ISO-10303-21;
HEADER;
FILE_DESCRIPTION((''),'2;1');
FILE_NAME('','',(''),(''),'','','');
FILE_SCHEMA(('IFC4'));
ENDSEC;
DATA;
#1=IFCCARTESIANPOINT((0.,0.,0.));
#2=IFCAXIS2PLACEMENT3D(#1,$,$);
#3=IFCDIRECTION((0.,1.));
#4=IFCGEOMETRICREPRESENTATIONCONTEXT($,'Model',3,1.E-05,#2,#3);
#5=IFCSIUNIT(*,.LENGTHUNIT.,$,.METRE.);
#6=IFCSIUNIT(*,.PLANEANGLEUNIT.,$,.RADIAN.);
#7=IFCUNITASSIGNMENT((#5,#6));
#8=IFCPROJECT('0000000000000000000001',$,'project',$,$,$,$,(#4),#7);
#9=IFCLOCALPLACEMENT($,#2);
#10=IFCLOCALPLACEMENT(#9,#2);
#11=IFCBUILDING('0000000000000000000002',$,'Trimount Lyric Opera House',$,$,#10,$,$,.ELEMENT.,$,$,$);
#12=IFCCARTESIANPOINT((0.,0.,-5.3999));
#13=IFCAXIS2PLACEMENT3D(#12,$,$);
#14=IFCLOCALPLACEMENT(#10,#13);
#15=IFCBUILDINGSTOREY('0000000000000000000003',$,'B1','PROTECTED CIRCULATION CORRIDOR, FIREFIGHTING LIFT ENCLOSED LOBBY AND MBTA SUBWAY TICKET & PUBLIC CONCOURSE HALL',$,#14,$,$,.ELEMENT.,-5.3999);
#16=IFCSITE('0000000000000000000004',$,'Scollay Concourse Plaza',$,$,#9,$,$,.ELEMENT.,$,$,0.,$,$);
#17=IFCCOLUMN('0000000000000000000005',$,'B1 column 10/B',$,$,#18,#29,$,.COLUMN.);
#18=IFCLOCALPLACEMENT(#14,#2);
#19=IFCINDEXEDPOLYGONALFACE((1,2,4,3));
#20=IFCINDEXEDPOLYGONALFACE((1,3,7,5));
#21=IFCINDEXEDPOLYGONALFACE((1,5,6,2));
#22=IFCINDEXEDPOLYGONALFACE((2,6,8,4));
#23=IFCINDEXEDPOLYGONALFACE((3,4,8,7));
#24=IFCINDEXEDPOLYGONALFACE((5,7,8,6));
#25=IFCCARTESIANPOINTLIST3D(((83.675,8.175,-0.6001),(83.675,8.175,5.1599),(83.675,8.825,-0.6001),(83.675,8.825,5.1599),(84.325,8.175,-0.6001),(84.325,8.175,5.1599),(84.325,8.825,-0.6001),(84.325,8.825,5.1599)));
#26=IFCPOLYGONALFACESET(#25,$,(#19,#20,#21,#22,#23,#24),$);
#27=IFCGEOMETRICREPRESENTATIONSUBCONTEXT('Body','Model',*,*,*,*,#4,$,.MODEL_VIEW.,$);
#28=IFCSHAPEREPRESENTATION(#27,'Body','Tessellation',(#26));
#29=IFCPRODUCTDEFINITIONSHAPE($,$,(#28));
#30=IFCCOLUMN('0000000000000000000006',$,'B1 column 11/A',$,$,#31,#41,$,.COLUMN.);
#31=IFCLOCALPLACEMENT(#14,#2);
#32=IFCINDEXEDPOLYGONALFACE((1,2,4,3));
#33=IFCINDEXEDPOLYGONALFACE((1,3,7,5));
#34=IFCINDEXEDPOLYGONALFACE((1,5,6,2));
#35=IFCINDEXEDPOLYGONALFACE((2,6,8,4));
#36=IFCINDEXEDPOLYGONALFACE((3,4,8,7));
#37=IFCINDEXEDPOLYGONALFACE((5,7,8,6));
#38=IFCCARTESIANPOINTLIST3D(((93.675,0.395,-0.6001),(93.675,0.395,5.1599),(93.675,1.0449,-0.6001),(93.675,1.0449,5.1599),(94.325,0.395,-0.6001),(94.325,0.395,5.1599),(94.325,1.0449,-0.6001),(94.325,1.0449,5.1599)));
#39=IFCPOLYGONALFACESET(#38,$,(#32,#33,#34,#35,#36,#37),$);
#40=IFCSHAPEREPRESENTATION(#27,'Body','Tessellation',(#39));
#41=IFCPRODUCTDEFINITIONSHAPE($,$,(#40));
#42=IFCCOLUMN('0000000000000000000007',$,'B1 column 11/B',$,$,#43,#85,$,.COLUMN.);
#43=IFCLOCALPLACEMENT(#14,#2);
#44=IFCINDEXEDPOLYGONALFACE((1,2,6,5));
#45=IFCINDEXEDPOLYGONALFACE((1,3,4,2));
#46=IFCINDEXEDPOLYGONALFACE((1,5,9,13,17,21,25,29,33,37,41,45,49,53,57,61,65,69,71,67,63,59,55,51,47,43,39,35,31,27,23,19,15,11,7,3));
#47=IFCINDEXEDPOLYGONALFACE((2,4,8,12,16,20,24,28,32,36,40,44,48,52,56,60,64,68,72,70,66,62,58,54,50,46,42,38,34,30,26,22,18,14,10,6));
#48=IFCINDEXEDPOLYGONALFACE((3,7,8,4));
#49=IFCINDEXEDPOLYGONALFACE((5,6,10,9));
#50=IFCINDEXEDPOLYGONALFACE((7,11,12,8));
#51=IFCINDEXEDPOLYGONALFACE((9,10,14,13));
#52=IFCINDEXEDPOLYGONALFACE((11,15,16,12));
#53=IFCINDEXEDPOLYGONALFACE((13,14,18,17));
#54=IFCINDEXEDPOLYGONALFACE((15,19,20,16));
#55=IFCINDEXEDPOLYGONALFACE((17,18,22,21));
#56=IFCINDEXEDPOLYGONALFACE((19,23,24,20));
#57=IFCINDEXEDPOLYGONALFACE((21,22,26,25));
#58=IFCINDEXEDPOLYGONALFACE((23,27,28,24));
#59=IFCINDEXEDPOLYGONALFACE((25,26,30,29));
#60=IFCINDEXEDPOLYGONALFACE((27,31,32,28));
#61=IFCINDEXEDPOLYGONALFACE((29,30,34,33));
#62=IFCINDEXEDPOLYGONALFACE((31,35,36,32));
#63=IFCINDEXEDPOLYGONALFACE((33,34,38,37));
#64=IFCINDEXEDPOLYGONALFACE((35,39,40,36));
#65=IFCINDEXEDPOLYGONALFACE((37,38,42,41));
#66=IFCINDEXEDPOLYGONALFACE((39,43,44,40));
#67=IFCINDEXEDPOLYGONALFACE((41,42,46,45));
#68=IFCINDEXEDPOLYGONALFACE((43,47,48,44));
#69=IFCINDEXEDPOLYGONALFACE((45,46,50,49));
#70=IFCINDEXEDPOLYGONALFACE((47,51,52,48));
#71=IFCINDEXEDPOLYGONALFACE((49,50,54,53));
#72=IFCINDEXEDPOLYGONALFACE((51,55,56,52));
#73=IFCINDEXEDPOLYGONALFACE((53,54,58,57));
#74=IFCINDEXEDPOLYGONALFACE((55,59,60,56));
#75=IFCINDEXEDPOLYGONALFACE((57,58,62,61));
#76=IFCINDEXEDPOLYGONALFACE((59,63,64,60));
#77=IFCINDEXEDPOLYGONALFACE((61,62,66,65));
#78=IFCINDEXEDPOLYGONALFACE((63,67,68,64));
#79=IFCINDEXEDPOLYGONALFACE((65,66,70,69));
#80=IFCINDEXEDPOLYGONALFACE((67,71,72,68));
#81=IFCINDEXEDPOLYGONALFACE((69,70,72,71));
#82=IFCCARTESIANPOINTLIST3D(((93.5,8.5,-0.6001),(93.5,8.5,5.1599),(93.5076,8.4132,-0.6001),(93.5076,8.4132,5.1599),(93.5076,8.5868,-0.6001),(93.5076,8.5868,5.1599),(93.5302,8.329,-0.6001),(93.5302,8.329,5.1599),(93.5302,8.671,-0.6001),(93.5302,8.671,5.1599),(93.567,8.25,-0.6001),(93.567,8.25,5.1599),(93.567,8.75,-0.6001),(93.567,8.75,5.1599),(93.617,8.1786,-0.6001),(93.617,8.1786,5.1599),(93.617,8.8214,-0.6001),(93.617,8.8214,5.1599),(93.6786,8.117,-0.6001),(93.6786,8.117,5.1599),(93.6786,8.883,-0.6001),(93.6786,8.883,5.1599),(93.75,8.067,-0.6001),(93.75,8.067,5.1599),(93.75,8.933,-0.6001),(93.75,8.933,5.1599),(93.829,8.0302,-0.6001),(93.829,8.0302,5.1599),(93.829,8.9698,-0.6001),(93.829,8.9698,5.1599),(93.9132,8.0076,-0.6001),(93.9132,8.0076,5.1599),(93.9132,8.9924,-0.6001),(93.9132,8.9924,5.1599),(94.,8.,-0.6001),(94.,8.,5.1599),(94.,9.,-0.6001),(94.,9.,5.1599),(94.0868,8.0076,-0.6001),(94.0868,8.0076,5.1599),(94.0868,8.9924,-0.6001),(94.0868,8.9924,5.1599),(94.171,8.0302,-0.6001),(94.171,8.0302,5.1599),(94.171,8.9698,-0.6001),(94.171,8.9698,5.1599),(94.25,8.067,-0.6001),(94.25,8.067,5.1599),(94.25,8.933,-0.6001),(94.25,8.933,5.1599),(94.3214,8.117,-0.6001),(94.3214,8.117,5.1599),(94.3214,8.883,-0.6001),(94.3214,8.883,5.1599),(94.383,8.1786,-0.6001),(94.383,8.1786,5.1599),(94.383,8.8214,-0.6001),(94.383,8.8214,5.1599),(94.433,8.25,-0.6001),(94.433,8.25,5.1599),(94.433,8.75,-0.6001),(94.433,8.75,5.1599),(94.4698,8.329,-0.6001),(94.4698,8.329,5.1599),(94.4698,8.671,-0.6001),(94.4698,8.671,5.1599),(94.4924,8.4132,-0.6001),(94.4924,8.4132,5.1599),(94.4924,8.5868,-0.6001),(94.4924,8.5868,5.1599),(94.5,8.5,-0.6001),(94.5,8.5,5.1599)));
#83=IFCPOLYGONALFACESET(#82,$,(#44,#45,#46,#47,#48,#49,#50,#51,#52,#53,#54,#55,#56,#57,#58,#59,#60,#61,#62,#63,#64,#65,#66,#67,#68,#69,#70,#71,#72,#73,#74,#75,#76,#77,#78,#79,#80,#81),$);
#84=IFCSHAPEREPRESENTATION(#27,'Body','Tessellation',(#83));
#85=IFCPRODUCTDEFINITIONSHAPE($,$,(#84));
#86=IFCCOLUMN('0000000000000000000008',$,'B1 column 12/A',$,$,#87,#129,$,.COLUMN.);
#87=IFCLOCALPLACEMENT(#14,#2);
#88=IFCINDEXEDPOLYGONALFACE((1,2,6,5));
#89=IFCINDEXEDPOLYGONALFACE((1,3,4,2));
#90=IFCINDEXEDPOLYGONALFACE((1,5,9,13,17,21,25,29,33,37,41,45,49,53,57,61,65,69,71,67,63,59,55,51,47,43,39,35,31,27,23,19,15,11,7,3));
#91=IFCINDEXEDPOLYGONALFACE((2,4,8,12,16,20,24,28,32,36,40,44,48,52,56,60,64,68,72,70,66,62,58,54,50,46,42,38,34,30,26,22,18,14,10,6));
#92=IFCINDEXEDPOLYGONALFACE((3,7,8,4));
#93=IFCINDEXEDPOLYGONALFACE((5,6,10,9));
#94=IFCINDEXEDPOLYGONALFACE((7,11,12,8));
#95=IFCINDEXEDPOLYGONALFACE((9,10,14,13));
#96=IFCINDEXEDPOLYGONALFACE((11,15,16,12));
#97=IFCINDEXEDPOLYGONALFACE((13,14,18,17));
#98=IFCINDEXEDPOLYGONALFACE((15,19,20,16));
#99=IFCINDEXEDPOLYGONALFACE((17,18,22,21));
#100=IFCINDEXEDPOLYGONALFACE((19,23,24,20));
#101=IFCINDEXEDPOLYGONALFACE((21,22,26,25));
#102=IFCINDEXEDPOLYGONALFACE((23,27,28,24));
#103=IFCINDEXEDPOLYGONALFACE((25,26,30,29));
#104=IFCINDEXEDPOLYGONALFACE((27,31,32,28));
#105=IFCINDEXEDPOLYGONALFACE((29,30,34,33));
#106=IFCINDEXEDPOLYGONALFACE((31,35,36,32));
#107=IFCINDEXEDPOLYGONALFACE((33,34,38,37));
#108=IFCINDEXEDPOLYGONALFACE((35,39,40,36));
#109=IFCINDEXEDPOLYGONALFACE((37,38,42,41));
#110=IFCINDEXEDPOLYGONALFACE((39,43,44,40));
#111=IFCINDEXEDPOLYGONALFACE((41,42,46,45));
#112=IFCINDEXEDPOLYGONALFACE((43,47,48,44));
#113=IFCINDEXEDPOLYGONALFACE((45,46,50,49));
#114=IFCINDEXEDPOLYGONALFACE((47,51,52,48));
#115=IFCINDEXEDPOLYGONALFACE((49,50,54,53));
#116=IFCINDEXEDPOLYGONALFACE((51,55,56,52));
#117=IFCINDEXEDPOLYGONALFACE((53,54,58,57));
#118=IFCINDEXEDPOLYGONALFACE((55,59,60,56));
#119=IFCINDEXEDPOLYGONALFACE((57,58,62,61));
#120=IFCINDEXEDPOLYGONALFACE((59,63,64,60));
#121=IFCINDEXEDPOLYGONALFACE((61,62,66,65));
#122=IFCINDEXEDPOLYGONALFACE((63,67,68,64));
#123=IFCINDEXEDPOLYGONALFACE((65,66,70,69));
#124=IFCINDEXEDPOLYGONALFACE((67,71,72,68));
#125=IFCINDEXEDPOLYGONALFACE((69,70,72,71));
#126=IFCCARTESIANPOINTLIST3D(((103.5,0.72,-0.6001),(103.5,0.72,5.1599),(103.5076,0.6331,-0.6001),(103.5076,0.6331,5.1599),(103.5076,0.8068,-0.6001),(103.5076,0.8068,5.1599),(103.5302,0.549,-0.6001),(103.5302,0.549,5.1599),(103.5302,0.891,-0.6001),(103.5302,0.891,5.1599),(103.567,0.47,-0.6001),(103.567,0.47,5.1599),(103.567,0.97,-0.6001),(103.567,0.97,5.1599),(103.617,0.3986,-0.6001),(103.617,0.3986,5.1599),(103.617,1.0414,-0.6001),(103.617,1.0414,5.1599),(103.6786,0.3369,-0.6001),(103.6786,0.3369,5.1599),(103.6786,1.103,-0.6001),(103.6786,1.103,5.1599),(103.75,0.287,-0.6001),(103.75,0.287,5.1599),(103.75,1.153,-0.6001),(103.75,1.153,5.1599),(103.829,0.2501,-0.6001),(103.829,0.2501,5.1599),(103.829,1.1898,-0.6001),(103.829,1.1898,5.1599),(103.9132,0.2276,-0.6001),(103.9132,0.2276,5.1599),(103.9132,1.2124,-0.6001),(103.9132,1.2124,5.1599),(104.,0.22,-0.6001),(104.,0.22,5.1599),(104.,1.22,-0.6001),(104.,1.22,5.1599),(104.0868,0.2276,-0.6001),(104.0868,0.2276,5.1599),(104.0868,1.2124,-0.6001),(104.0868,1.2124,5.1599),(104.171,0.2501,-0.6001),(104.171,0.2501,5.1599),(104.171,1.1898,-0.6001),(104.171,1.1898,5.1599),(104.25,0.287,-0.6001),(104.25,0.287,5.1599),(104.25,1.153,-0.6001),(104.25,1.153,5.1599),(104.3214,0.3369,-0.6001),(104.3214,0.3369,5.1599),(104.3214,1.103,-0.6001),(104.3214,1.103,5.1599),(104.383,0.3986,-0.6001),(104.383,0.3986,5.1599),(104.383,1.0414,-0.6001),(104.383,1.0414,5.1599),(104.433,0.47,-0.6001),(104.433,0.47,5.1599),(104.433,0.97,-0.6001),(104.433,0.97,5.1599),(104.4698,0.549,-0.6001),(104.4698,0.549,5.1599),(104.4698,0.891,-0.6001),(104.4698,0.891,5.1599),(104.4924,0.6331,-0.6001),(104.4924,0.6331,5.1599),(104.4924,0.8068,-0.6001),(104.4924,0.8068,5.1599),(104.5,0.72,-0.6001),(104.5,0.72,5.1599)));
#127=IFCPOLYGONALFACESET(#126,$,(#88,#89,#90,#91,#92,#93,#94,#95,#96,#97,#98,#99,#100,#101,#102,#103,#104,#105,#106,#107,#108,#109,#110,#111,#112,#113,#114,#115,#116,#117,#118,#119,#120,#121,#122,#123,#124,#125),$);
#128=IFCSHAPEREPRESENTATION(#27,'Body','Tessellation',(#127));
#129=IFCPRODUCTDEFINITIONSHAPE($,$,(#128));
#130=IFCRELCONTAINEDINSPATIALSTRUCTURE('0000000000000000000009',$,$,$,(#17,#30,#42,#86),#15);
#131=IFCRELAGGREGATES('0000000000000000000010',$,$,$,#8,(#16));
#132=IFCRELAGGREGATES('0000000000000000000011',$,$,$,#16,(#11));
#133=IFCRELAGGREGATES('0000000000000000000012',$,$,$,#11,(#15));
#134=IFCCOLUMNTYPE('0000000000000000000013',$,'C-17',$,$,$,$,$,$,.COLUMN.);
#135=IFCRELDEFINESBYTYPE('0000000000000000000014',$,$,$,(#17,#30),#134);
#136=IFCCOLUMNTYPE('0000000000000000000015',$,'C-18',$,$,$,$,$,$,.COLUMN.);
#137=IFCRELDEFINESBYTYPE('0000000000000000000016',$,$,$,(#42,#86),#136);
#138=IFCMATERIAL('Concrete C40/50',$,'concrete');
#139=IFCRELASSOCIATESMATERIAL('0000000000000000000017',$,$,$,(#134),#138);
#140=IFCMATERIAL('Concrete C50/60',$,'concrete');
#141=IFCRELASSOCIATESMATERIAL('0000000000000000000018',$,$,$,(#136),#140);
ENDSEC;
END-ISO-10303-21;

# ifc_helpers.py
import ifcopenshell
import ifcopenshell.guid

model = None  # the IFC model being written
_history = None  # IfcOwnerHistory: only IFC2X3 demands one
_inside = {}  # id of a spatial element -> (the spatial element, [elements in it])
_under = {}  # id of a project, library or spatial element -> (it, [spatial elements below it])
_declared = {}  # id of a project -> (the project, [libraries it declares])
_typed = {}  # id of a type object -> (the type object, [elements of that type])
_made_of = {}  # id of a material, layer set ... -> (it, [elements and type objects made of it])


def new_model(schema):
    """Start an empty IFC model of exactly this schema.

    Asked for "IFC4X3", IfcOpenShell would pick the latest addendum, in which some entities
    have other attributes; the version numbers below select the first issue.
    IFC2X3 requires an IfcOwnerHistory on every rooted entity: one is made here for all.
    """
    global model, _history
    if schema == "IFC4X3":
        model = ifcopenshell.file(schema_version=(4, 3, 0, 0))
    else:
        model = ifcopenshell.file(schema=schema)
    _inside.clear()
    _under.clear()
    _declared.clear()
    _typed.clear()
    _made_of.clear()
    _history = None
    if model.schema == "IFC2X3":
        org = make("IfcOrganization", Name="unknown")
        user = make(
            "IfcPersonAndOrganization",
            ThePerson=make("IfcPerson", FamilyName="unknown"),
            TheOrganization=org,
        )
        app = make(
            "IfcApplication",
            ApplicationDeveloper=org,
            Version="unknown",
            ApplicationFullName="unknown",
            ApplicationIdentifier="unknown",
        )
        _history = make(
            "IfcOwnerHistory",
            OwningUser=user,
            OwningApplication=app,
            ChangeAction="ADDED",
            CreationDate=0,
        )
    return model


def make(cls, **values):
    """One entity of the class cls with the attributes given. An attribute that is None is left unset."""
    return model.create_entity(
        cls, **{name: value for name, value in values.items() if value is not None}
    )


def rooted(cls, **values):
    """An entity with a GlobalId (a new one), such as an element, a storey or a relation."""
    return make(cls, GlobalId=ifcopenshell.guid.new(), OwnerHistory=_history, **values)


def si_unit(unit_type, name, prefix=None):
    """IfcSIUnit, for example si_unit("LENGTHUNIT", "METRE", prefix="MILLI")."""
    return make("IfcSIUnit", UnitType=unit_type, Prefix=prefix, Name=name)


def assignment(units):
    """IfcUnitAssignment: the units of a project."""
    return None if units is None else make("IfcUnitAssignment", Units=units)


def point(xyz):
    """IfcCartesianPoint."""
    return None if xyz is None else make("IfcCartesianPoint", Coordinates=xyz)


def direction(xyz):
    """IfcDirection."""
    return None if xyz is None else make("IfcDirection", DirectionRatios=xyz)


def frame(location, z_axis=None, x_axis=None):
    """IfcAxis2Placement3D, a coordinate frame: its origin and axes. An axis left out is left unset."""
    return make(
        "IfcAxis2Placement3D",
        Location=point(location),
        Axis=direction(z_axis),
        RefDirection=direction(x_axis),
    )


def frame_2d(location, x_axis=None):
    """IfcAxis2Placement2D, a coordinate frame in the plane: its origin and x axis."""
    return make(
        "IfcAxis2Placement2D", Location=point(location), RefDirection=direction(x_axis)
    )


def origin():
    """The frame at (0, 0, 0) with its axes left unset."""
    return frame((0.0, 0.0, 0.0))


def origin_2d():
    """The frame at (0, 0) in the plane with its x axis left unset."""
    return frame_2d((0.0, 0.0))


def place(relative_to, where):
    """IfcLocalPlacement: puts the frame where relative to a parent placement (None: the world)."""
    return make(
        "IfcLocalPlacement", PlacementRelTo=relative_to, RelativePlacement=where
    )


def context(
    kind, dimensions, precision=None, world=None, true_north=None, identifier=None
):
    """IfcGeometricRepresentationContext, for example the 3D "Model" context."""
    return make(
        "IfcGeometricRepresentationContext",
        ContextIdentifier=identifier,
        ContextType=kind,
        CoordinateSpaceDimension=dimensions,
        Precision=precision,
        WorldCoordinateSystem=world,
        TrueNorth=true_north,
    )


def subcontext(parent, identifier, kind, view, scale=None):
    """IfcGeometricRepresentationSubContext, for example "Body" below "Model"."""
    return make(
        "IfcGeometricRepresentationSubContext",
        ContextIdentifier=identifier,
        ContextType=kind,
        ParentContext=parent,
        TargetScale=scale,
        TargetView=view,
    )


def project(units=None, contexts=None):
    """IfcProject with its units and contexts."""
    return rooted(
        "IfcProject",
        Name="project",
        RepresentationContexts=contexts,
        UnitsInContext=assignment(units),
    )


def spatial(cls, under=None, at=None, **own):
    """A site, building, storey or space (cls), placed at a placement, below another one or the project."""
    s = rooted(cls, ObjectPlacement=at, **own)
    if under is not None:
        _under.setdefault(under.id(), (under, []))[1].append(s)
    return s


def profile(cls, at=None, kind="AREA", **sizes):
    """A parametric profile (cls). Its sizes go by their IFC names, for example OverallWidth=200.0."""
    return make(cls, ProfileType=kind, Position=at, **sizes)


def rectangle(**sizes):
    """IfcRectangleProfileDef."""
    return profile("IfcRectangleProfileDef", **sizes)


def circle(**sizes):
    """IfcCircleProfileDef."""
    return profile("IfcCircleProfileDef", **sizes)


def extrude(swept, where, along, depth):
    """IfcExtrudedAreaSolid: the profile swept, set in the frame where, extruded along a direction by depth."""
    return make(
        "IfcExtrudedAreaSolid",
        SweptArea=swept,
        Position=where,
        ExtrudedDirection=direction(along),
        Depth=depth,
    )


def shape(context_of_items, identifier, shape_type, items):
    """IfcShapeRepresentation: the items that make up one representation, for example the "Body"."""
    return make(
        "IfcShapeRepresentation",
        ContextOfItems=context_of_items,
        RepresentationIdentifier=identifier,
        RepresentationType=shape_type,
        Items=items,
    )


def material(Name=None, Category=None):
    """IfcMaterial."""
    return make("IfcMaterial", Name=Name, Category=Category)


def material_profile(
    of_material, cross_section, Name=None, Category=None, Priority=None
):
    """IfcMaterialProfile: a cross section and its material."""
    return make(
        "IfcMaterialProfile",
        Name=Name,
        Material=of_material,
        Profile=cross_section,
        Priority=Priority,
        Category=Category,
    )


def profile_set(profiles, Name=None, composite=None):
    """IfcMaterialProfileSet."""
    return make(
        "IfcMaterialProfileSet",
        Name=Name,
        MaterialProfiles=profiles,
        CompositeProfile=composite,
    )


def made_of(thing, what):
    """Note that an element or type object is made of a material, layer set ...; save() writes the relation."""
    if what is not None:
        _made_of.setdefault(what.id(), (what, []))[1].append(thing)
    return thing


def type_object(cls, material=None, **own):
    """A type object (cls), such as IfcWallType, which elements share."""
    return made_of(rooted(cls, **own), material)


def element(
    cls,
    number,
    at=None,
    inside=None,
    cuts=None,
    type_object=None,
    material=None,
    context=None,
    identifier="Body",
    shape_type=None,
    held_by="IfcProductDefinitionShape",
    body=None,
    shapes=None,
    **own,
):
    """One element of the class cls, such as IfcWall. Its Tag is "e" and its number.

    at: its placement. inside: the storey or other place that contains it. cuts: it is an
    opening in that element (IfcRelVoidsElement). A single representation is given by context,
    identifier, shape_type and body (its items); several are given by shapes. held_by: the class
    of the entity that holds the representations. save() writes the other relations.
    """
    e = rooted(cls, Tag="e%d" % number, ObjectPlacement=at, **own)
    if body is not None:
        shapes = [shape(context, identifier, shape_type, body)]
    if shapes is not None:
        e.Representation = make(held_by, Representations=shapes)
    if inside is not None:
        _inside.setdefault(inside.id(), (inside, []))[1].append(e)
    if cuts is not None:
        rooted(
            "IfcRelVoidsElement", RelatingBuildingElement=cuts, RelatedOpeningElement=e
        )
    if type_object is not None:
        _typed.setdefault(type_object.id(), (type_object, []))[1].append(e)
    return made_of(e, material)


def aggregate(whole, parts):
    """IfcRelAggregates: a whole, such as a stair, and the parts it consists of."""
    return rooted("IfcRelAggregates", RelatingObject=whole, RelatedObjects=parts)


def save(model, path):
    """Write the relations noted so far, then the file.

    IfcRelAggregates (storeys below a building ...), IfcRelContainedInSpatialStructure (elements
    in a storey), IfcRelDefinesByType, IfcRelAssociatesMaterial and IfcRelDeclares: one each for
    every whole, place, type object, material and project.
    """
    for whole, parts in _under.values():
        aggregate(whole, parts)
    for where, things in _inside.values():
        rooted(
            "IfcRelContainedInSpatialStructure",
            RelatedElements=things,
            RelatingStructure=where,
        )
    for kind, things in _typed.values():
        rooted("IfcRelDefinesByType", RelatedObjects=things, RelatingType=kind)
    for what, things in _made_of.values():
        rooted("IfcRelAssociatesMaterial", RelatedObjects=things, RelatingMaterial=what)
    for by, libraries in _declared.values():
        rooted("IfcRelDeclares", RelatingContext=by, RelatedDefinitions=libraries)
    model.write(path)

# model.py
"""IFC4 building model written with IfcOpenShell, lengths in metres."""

from ifc_helpers import new_model, si_unit, direction, frame, origin, origin_2d, place, context, subcontext, project, spatial, rectangle, circle, extrude, material, material_profile, profile_set, type_object, element, save


model = new_model("IFC4")

# Units and contexts
model_context = context("Model", 3, precision=1e-05, world=origin(), true_north=direction((0.0, 1.0)))
body_context = subcontext(model_context, "Body", "Model", "MODEL_VIEW")
ifc_project = project(units=[si_unit("LENGTHUNIT", "METRE"), si_unit("PLANEANGLEUNIT", "RADIAN")], contexts=[model_context])

# Site, building, storey
site_placement = place(None, origin())
site = spatial("IfcSite", under=ifc_project, at=site_placement, Name="Scollay Concourse Plaza", CompositionType="ELEMENT", RefElevation=0.0)
building_placement = place(site_placement, origin())
building = spatial("IfcBuilding", under=site, at=building_placement, Name="Trimount Lyric Opera House", CompositionType="ELEMENT")
storey_placement = place(building_placement, frame((0.0, 0.0, -5.3999)))
storey = spatial("IfcBuildingStorey", under=building, at=storey_placement, Name="B1", Description="PROTECTED CIRCULATION CORRIDOR, FIREFIGHTING LIFT ENCLOSED LOBBY AND MBTA SUBWAY TICKET & PUBLIC CONCOURSE HALL", CompositionType="ELEMENT", Elevation=-5.3999)

# Columns
ifc_material_1 = material(Name="Concrete C40/50", Category="concrete")
ifc_material_profile_1 = material_profile(ifc_material_1, rectangle(XDim=0.6499, YDim=0.6499, at=origin_2d()), Name="RC650X650")
ifc_profile_set_1 = profile_set([ifc_material_profile_1], Name="Concrete C40/50")
column_type_1 = type_object("IfcColumnType", Name="C-17", PredefinedType="COLUMN", material=ifc_profile_set_1)
for number, where, z_axis, x_axis, name in (
    (1, (84.0, 8.5, -0.6001), (0.0, 0.0, 1.0), (1.0, 0.0, 0.0), "B1 column 10/B"),
    (2, (94.0, 0.72, -0.6001), (0.0, 0.0, 1.0), (1.0, 0.0, 0.0), "B1 column 11/A"),
):
    element("IfcColumn", number, at=place(storey_placement, frame(where, z_axis=z_axis, x_axis=x_axis)), inside=storey, type_object=column_type_1, Name=name, PredefinedType="COLUMN", context=body_context, shape_type="SweptSolid", body=[
        extrude(rectangle(XDim=0.6499, YDim=0.6499, at=origin_2d()), origin(), (0.0, 0.0, 1.0), 5.76),
    ])
ifc_material_2 = material(Name="Concrete C50/60", Category="concrete")
ifc_material_profile_2 = material_profile(ifc_material_2, circle(Radius=0.5, at=origin_2d()), Name="RC-D1000")
ifc_profile_set_2 = profile_set([ifc_material_profile_2], Name="Concrete C50/60")
column_type_2 = type_object("IfcColumnType", Name="C-18", PredefinedType="COLUMN", material=ifc_profile_set_2)
for number, where, z_axis, x_axis, name in (
    (3, (94.0, 8.5, -0.6001), (0.0, 0.0, 1.0), (1.0, 0.0, 0.0), "B1 column 11/B"),
    (4, (104.0, 0.72, -0.6001), (0.0, 0.0, 1.0), (1.0, 0.0, 0.0), "B1 column 12/A"),
):
    element("IfcColumn", number, at=place(storey_placement, frame(where, z_axis=z_axis, x_axis=x_axis)), inside=storey, type_object=column_type_2, Name=name, PredefinedType="COLUMN", context=body_context, shape_type="SweptSolid", body=[
        extrude(circle(Radius=0.5, at=origin_2d()), origin(), (0.0, 0.0, 1.0), 5.76),
    ])

save(model, "model.ifc")
